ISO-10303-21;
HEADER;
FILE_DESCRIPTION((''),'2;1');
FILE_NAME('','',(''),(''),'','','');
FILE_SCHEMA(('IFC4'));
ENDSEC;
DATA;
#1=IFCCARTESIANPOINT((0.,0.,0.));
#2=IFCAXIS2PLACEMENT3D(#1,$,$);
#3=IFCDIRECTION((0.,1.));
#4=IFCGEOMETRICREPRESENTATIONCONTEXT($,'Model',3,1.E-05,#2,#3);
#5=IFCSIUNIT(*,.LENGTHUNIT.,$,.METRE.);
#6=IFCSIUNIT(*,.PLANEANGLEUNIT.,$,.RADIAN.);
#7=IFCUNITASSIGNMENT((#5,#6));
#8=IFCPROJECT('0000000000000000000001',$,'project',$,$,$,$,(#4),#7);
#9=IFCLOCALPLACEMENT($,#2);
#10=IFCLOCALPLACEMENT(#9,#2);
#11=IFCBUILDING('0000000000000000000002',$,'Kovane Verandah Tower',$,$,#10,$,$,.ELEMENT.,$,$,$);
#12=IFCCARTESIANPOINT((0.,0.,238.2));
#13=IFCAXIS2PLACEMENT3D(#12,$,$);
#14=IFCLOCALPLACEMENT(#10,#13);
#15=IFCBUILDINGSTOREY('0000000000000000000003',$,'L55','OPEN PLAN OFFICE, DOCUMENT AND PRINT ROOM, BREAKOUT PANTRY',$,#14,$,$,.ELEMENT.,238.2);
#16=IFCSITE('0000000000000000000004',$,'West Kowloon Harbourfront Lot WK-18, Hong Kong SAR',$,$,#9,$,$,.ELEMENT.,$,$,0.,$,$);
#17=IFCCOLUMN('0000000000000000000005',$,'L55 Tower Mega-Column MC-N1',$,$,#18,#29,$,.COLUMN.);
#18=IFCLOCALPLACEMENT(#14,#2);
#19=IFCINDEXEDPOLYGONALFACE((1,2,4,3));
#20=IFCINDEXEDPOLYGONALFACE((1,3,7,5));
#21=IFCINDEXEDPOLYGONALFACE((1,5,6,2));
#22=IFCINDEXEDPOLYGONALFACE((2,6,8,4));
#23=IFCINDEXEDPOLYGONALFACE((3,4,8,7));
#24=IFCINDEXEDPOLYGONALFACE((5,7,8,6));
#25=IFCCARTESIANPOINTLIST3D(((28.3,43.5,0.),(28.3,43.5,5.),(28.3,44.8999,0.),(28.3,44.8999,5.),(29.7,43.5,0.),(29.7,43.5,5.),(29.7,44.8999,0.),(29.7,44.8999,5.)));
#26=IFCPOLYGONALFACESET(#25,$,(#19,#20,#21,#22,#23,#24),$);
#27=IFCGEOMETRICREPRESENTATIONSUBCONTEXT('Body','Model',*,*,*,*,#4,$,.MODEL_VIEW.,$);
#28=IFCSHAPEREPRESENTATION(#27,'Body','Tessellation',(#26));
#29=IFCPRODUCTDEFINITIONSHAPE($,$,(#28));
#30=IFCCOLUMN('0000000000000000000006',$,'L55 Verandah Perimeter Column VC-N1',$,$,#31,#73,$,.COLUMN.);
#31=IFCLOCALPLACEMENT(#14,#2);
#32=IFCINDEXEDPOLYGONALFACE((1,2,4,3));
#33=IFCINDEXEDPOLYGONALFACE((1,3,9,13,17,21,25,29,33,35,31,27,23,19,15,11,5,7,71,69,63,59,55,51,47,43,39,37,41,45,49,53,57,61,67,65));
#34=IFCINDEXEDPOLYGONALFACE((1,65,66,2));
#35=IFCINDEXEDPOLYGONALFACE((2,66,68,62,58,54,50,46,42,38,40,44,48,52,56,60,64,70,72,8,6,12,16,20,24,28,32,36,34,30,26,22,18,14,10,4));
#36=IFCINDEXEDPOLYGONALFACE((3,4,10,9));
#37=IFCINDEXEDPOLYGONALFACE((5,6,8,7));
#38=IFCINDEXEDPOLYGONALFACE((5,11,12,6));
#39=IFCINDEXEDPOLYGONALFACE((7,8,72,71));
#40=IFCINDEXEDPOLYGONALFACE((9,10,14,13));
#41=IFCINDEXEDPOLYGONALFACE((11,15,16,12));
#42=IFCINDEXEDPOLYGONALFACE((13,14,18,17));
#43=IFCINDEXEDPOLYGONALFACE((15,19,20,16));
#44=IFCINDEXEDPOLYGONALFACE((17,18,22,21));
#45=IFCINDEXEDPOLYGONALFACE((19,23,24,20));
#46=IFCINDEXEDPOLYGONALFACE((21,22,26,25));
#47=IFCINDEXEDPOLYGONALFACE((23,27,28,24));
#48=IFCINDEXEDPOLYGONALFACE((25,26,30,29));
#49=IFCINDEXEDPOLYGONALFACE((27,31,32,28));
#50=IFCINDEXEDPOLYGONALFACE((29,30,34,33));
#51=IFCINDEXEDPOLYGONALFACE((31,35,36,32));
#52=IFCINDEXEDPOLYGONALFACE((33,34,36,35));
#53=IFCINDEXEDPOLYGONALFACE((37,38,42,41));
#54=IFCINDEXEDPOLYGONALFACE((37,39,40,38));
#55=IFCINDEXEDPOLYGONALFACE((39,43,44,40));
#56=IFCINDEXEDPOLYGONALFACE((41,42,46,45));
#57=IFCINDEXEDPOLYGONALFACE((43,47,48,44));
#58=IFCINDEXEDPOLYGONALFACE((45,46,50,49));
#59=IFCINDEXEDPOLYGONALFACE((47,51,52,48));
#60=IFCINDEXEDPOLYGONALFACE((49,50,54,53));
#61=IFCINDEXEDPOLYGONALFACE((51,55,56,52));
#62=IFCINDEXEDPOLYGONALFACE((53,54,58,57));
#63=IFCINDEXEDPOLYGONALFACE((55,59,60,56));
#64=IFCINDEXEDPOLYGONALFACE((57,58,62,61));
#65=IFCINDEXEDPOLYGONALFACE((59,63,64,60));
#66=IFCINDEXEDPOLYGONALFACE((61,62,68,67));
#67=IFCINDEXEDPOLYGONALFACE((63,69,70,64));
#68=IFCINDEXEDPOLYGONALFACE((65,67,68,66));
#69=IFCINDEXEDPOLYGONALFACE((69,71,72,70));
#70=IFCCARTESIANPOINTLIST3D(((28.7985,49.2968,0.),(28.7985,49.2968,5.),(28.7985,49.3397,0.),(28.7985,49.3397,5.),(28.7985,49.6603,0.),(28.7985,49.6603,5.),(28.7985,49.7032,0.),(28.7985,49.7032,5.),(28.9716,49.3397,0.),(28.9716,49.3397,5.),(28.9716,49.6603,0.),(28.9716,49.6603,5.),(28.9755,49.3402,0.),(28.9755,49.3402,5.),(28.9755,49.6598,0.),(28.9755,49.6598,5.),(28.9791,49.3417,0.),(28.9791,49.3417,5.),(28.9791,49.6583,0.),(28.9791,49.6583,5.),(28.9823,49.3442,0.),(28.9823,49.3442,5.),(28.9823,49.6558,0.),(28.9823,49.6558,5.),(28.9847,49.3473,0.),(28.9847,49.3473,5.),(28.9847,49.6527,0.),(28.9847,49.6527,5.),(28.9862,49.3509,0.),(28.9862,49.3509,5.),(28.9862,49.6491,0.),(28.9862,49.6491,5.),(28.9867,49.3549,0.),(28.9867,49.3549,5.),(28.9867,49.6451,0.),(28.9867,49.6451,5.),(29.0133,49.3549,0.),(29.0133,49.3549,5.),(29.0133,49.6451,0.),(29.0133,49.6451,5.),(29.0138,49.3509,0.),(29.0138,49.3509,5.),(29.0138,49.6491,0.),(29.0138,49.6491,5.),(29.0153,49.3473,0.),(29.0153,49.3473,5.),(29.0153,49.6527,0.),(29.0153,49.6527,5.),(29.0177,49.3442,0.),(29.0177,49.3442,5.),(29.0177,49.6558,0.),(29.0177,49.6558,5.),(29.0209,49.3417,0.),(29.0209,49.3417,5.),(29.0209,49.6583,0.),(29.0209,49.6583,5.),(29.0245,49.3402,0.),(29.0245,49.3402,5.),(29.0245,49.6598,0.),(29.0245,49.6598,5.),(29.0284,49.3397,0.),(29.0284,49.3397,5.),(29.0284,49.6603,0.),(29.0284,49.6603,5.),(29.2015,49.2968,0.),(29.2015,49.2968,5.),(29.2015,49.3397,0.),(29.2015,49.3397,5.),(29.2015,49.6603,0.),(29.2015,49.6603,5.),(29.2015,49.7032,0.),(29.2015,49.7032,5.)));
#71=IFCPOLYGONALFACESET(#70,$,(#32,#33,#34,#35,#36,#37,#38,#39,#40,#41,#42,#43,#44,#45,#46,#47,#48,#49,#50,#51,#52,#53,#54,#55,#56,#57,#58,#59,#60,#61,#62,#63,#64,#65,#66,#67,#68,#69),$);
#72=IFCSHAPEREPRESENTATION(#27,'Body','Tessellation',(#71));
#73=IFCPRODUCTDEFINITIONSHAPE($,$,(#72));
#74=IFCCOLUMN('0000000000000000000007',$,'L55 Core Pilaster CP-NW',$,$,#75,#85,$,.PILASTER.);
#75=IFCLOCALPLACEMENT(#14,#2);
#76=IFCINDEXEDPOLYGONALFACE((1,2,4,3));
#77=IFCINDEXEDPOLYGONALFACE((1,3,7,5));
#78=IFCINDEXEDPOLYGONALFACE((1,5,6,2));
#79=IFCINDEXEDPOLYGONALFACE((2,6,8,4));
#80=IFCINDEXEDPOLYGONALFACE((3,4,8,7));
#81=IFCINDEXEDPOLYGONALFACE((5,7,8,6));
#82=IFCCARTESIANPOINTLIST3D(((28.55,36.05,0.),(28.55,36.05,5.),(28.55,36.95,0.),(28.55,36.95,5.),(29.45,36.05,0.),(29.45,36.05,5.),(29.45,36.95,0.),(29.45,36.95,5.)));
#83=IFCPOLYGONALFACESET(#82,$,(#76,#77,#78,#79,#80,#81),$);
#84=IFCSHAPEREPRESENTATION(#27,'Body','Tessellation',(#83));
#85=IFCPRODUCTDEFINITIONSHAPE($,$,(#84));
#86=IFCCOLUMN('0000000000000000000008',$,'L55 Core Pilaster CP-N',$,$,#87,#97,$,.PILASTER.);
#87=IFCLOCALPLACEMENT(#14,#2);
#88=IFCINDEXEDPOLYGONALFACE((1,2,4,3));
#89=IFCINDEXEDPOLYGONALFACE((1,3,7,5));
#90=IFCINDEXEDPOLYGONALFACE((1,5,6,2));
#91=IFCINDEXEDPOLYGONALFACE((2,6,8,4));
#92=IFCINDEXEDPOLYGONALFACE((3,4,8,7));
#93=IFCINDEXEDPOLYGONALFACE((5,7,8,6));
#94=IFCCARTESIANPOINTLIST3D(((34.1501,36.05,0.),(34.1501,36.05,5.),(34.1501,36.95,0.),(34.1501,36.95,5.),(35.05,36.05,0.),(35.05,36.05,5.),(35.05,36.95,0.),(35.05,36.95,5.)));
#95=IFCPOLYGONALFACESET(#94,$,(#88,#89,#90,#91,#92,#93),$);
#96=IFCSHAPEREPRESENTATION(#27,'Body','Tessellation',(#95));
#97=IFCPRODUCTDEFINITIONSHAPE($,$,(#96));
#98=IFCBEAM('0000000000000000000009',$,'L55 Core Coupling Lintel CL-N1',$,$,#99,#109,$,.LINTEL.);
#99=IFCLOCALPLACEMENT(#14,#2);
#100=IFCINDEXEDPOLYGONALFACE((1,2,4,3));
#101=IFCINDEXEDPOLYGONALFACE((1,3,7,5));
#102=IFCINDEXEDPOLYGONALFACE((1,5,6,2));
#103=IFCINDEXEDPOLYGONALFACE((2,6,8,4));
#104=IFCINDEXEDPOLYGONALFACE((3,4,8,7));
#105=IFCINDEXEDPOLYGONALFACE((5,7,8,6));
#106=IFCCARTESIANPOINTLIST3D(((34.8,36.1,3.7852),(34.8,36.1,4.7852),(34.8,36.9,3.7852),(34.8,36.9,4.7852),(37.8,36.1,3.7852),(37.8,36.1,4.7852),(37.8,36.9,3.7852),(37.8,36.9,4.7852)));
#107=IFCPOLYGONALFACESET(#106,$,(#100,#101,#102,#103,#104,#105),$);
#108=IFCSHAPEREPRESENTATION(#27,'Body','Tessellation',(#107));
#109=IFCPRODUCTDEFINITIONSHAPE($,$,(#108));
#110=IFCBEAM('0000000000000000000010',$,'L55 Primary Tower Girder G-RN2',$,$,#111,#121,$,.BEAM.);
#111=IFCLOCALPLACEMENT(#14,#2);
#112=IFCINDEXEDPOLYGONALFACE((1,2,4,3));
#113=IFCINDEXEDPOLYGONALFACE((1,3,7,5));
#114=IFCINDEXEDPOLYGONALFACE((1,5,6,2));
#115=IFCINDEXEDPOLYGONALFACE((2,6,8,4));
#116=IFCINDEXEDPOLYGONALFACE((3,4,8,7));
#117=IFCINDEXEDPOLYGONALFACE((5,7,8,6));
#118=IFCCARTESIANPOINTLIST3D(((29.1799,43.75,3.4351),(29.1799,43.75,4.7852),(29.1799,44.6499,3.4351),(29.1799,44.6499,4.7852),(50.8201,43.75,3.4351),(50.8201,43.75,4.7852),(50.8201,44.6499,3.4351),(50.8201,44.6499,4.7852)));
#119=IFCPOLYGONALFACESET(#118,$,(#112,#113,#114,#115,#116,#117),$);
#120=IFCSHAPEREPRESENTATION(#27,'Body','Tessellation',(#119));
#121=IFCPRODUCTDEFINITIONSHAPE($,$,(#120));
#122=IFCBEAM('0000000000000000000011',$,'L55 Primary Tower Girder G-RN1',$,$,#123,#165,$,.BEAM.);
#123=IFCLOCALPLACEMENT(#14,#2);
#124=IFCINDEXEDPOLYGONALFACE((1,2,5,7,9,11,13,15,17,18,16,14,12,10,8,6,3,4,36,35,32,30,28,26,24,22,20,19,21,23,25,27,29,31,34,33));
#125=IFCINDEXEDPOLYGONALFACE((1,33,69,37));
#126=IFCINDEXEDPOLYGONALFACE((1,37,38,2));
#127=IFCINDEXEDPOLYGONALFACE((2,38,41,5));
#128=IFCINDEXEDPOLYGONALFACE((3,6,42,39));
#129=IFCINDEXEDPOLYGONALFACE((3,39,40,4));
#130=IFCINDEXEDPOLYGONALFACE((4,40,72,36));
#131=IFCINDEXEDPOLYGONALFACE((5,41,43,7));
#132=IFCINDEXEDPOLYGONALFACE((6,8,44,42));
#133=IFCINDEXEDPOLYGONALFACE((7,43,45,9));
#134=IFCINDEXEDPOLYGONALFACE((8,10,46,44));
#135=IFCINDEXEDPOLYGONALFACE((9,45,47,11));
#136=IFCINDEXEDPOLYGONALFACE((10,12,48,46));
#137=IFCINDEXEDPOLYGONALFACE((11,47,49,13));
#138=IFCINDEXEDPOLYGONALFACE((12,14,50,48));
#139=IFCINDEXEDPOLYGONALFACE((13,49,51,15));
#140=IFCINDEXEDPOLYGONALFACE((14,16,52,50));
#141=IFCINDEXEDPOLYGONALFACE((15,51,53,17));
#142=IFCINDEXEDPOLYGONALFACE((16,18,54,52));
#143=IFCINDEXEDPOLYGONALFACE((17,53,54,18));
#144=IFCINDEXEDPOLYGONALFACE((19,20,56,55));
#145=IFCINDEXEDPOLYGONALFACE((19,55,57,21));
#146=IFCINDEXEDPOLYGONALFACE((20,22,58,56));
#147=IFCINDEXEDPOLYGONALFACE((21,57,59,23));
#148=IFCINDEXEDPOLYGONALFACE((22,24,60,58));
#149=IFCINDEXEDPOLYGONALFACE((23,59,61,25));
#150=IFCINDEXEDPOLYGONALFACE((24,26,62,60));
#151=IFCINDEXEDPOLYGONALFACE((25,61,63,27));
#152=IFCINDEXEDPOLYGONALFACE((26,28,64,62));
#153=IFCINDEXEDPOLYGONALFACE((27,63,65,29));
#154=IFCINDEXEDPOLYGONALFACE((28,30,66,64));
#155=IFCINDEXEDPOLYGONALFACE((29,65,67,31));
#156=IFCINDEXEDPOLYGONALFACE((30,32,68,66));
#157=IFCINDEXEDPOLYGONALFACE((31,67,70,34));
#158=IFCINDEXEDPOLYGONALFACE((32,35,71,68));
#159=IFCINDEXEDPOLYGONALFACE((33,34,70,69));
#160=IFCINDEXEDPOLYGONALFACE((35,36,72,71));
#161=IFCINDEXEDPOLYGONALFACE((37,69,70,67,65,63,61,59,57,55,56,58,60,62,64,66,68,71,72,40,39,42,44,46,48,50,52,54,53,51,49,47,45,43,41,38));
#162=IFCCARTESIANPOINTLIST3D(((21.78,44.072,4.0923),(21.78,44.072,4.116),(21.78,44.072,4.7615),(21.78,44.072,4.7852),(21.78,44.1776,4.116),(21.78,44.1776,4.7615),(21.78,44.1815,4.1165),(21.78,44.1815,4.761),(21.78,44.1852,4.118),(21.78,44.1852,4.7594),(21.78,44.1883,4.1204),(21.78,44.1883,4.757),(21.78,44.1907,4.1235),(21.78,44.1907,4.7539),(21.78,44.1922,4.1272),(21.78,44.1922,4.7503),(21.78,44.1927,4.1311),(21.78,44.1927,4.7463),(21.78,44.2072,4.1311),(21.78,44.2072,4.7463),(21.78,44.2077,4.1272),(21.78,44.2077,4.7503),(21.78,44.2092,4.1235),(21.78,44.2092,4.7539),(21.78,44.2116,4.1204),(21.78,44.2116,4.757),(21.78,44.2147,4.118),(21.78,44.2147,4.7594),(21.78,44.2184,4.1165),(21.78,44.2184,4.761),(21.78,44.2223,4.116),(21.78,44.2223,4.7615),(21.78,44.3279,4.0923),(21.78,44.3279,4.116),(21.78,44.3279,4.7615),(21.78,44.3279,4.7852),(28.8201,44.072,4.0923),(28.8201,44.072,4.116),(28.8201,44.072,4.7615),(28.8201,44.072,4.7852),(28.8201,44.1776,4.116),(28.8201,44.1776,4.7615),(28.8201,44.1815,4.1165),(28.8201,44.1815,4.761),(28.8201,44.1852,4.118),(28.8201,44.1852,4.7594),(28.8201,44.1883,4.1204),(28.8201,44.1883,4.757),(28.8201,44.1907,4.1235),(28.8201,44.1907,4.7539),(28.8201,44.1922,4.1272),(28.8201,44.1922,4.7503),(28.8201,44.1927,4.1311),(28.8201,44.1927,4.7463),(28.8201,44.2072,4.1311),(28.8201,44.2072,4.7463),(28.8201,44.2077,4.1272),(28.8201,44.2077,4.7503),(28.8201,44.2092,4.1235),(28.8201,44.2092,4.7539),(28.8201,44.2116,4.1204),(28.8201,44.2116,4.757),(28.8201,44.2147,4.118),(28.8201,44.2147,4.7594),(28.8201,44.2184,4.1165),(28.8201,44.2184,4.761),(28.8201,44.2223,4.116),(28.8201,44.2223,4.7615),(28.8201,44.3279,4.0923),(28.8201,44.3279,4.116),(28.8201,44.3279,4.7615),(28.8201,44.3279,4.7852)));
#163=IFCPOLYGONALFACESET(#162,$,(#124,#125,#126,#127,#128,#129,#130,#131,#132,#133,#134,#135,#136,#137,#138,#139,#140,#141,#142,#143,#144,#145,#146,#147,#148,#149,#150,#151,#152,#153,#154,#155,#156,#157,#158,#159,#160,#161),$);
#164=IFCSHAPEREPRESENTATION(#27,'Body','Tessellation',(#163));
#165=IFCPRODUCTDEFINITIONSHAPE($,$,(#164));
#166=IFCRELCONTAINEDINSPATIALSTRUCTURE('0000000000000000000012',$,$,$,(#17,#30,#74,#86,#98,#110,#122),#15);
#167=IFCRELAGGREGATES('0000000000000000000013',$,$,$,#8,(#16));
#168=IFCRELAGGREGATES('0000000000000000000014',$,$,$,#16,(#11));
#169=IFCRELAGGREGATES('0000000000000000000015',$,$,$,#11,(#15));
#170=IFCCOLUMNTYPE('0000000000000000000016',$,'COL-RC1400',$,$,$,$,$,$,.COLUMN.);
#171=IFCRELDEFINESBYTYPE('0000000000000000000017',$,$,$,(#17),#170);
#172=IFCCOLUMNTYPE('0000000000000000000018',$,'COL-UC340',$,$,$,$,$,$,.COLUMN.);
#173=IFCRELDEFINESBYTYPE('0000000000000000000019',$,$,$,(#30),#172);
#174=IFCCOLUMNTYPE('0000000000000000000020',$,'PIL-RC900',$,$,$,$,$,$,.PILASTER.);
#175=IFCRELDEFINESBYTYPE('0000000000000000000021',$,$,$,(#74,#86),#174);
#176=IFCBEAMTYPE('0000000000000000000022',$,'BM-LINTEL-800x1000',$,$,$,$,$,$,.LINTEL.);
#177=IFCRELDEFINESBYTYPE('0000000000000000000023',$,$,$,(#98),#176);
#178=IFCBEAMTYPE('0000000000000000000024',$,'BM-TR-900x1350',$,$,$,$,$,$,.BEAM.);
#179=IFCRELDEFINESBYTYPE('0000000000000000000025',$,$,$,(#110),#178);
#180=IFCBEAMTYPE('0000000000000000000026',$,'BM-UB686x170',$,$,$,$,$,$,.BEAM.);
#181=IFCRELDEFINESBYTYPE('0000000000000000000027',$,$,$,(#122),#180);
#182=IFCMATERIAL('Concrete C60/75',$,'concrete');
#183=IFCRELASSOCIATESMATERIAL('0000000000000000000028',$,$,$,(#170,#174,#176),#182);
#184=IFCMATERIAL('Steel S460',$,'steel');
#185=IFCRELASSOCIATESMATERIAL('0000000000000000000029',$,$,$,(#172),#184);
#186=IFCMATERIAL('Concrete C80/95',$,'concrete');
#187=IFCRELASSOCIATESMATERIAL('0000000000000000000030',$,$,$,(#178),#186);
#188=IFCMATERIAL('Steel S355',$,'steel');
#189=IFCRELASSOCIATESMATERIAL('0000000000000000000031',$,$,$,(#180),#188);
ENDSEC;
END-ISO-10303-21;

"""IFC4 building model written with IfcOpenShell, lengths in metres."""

from ifc_helpers import new_model, si_unit, direction, frame, origin, origin_2d, place, context, subcontext, project, spatial, rectangle, i_section, extrude, material, material_profile, profile_set, type_object, element, save


model = new_model("IFC4")

# Units and contexts
model_context = context("Model", 3, precision=1e-05, world=origin(), true_north=direction((0.0, 1.0)))
body_context = subcontext(model_context, "Body", "Model", "MODEL_VIEW")
ifc_project = project(units=[si_unit("LENGTHUNIT", "METRE"), si_unit("PLANEANGLEUNIT", "RADIAN")], contexts=[model_context])

# Site, building, storey
site_placement = place(None, origin())
site = spatial("IfcSite", under=ifc_project, at=site_placement, Name="West Kowloon Harbourfront Lot WK-18, Hong Kong SAR", CompositionType="ELEMENT", RefElevation=0.0)
building_placement = place(site_placement, origin())
building = spatial("IfcBuilding", under=site, at=building_placement, Name="Kovane Verandah Tower", CompositionType="ELEMENT")
storey_placement = place(building_placement, frame((0.0, 0.0, 238.2)))
storey = spatial("IfcBuildingStorey", under=building, at=storey_placement, Name="L55", Description="OPEN PLAN OFFICE, DOCUMENT AND PRINT ROOM, BREAKOUT PANTRY", CompositionType="ELEMENT", Elevation=238.2)

# Columns
ifc_material_1 = material(Name="Concrete C60/75", Category="concrete")
ifc_material_profile_1 = material_profile(ifc_material_1, rectangle(XDim=1.3999, YDim=1.3999, at=origin_2d()), Name="RC1400x1400")
ifc_profile_set_1 = profile_set([ifc_material_profile_1], Name="Concrete C60/75")
column_type_1 = type_object("IfcColumnType", Name="COL-RC1400", PredefinedType="COLUMN", material=ifc_profile_set_1)
column_1_placement = place(storey_placement, frame((29.0, 44.2, 0.0), z_axis=(0.0, 0.0, 1.0), x_axis=(1.0, 0.0, 0.0)))
element("IfcColumn", 1, at=column_1_placement, inside=storey, type_object=column_type_1, Name="L55 Tower Mega-Column MC-N1", PredefinedType="COLUMN", context=body_context, shape_type="SweptSolid", body=[
    extrude(rectangle(XDim=1.3999, YDim=1.3999, at=origin_2d()), origin(), (0.0, 0.0, 1.0), 5.0),
])
ifc_material_2 = material(Name="Steel S460", Category="steel")
ifc_material_profile_2 = material_profile(ifc_material_2, i_section(OverallWidth=0.4031, OverallDepth=0.4065, WebThickness=0.0266, FlangeThickness=0.043, FilletRadius=0.0151, at=origin_2d()), Name="UC356x406x340")
ifc_profile_set_2 = profile_set([ifc_material_profile_2], Name="Steel S460")
column_type_2 = type_object("IfcColumnType", Name="COL-UC340", PredefinedType="COLUMN", material=ifc_profile_set_2)
column_2_placement = place(storey_placement, frame((29.0, 49.5, 0.0), z_axis=(0.0, 0.0, 1.0), x_axis=(1.0, 0.0, 0.0)))
element("IfcColumn", 2, at=column_2_placement, inside=storey, type_object=column_type_2, Name="L55 Verandah Perimeter Column VC-N1", PredefinedType="COLUMN", context=body_context, shape_type="SweptSolid", body=[
    extrude(i_section(OverallWidth=0.4031, OverallDepth=0.4065, WebThickness=0.0266, FlangeThickness=0.043, FilletRadius=0.0151, at=origin_2d()), origin(), (0.0, 0.0, 1.0), 5.0),
])
ifc_material_profile_3 = material_profile(ifc_material_1, rectangle(XDim=0.8999, YDim=0.8999, at=origin_2d()), Name="RC900x900")
ifc_profile_set_3 = profile_set([ifc_material_profile_3], Name="Concrete C60/75")
column_type_3 = type_object("IfcColumnType", Name="PIL-RC900", PredefinedType="PILASTER", material=ifc_profile_set_3)
for number, where, z_axis, x_axis, name in (
    (3, (29.0, 36.5, 0.0), (0.0, 0.0, 1.0), (1.0, 0.0, 0.0), "L55 Core Pilaster CP-NW"),
    (4, (34.6001, 36.5, 0.0), (0.0, 0.0, 1.0), (1.0, 0.0, 0.0), "L55 Core Pilaster CP-N"),
):
    element("IfcColumn", number, at=place(storey_placement, frame(where, z_axis=z_axis, x_axis=x_axis)), inside=storey, type_object=column_type_3, Name=name, PredefinedType="PILASTER", context=body_context, shape_type="SweptSolid", body=[
        extrude(rectangle(XDim=0.8999, YDim=0.8999, at=origin_2d()), origin(), (0.0, 0.0, 1.0), 5.0),
    ])

# Beams
ifc_material_profile_4 = material_profile(ifc_material_1, rectangle(XDim=0.8, YDim=1.0, at=origin_2d()), Name="RCB800x1000")
ifc_profile_set_4 = profile_set([ifc_material_profile_4], Name="Concrete C60/75")
beam_type_1 = type_object("IfcBeamType", Name="BM-LINTEL-800x1000", PredefinedType="LINTEL", material=ifc_profile_set_4)
beam_1_placement = place(storey_placement, frame((34.8, 36.5, 4.2852), z_axis=(1.0, 0.0, 0.0), x_axis=(0.0, 1.0, 0.0)))
element("IfcBeam", 5, at=beam_1_placement, inside=storey, type_object=beam_type_1, Name="L55 Core Coupling Lintel CL-N1", PredefinedType="LINTEL", context=body_context, shape_type="SweptSolid", body=[
    extrude(rectangle(XDim=0.8, YDim=1.0, at=origin_2d()), origin(), (0.0, 0.0, 1.0), 3.0),
])
ifc_material_3 = material(Name="Concrete C80/95", Category="concrete")
ifc_material_profile_5 = material_profile(ifc_material_3, rectangle(XDim=0.8999, YDim=1.3501, at=origin_2d()), Name="RCB900x1350")
ifc_profile_set_5 = profile_set([ifc_material_profile_5], Name="Concrete C80/95")
beam_type_2 = type_object("IfcBeamType", Name="BM-TR-900x1350", PredefinedType="BEAM", material=ifc_profile_set_5)
beam_2_placement = place(storey_placement, frame((29.1799, 44.2, 4.1101), z_axis=(1.0, 0.0, 0.0), x_axis=(0.0, 1.0, 0.0)))
element("IfcBeam", 6, at=beam_2_placement, inside=storey, type_object=beam_type_2, Name="L55 Primary Tower Girder G-RN2", PredefinedType="BEAM", context=body_context, shape_type="SweptSolid", body=[
    extrude(rectangle(XDim=0.8999, YDim=1.3501, at=origin_2d()), origin(), (0.0, 0.0, 1.0), 21.6401),
])
ifc_material_4 = material(Name="Steel S355", Category="steel")
ifc_material_profile_6 = material_profile(ifc_material_4, i_section(OverallWidth=0.2559, OverallDepth=0.6929, WebThickness=0.0144, FlangeThickness=0.0237, FilletRadius=0.0151, at=origin_2d()), Name="UB686x254x170")
ifc_profile_set_6 = profile_set([ifc_material_profile_6], Name="Steel S355")
beam_type_3 = type_object("IfcBeamType", Name="BM-UB686x170", PredefinedType="BEAM", material=ifc_profile_set_6)
for number, where, z_axis, x_axis, name in (
    (7, (21.78, 44.2, 4.4387), (1.0, 0.0, 0.0), (0.0, 1.0, 0.0), "L55 Primary Tower Girder G-RN1"),
):
    element("IfcBeam", number, at=place(storey_placement, frame(where, z_axis=z_axis, x_axis=x_axis)), inside=storey, type_object=beam_type_3, Name=name, PredefinedType="BEAM", context=body_context, shape_type="SweptSolid", body=[
        extrude(i_section(OverallWidth=0.2559, OverallDepth=0.6929, WebThickness=0.0144, FlangeThickness=0.0237, FilletRadius=0.0151, at=origin_2d()), origin(), (0.0, 0.0, 1.0), 7.04),
    ])

save(model, "model.ifc")
